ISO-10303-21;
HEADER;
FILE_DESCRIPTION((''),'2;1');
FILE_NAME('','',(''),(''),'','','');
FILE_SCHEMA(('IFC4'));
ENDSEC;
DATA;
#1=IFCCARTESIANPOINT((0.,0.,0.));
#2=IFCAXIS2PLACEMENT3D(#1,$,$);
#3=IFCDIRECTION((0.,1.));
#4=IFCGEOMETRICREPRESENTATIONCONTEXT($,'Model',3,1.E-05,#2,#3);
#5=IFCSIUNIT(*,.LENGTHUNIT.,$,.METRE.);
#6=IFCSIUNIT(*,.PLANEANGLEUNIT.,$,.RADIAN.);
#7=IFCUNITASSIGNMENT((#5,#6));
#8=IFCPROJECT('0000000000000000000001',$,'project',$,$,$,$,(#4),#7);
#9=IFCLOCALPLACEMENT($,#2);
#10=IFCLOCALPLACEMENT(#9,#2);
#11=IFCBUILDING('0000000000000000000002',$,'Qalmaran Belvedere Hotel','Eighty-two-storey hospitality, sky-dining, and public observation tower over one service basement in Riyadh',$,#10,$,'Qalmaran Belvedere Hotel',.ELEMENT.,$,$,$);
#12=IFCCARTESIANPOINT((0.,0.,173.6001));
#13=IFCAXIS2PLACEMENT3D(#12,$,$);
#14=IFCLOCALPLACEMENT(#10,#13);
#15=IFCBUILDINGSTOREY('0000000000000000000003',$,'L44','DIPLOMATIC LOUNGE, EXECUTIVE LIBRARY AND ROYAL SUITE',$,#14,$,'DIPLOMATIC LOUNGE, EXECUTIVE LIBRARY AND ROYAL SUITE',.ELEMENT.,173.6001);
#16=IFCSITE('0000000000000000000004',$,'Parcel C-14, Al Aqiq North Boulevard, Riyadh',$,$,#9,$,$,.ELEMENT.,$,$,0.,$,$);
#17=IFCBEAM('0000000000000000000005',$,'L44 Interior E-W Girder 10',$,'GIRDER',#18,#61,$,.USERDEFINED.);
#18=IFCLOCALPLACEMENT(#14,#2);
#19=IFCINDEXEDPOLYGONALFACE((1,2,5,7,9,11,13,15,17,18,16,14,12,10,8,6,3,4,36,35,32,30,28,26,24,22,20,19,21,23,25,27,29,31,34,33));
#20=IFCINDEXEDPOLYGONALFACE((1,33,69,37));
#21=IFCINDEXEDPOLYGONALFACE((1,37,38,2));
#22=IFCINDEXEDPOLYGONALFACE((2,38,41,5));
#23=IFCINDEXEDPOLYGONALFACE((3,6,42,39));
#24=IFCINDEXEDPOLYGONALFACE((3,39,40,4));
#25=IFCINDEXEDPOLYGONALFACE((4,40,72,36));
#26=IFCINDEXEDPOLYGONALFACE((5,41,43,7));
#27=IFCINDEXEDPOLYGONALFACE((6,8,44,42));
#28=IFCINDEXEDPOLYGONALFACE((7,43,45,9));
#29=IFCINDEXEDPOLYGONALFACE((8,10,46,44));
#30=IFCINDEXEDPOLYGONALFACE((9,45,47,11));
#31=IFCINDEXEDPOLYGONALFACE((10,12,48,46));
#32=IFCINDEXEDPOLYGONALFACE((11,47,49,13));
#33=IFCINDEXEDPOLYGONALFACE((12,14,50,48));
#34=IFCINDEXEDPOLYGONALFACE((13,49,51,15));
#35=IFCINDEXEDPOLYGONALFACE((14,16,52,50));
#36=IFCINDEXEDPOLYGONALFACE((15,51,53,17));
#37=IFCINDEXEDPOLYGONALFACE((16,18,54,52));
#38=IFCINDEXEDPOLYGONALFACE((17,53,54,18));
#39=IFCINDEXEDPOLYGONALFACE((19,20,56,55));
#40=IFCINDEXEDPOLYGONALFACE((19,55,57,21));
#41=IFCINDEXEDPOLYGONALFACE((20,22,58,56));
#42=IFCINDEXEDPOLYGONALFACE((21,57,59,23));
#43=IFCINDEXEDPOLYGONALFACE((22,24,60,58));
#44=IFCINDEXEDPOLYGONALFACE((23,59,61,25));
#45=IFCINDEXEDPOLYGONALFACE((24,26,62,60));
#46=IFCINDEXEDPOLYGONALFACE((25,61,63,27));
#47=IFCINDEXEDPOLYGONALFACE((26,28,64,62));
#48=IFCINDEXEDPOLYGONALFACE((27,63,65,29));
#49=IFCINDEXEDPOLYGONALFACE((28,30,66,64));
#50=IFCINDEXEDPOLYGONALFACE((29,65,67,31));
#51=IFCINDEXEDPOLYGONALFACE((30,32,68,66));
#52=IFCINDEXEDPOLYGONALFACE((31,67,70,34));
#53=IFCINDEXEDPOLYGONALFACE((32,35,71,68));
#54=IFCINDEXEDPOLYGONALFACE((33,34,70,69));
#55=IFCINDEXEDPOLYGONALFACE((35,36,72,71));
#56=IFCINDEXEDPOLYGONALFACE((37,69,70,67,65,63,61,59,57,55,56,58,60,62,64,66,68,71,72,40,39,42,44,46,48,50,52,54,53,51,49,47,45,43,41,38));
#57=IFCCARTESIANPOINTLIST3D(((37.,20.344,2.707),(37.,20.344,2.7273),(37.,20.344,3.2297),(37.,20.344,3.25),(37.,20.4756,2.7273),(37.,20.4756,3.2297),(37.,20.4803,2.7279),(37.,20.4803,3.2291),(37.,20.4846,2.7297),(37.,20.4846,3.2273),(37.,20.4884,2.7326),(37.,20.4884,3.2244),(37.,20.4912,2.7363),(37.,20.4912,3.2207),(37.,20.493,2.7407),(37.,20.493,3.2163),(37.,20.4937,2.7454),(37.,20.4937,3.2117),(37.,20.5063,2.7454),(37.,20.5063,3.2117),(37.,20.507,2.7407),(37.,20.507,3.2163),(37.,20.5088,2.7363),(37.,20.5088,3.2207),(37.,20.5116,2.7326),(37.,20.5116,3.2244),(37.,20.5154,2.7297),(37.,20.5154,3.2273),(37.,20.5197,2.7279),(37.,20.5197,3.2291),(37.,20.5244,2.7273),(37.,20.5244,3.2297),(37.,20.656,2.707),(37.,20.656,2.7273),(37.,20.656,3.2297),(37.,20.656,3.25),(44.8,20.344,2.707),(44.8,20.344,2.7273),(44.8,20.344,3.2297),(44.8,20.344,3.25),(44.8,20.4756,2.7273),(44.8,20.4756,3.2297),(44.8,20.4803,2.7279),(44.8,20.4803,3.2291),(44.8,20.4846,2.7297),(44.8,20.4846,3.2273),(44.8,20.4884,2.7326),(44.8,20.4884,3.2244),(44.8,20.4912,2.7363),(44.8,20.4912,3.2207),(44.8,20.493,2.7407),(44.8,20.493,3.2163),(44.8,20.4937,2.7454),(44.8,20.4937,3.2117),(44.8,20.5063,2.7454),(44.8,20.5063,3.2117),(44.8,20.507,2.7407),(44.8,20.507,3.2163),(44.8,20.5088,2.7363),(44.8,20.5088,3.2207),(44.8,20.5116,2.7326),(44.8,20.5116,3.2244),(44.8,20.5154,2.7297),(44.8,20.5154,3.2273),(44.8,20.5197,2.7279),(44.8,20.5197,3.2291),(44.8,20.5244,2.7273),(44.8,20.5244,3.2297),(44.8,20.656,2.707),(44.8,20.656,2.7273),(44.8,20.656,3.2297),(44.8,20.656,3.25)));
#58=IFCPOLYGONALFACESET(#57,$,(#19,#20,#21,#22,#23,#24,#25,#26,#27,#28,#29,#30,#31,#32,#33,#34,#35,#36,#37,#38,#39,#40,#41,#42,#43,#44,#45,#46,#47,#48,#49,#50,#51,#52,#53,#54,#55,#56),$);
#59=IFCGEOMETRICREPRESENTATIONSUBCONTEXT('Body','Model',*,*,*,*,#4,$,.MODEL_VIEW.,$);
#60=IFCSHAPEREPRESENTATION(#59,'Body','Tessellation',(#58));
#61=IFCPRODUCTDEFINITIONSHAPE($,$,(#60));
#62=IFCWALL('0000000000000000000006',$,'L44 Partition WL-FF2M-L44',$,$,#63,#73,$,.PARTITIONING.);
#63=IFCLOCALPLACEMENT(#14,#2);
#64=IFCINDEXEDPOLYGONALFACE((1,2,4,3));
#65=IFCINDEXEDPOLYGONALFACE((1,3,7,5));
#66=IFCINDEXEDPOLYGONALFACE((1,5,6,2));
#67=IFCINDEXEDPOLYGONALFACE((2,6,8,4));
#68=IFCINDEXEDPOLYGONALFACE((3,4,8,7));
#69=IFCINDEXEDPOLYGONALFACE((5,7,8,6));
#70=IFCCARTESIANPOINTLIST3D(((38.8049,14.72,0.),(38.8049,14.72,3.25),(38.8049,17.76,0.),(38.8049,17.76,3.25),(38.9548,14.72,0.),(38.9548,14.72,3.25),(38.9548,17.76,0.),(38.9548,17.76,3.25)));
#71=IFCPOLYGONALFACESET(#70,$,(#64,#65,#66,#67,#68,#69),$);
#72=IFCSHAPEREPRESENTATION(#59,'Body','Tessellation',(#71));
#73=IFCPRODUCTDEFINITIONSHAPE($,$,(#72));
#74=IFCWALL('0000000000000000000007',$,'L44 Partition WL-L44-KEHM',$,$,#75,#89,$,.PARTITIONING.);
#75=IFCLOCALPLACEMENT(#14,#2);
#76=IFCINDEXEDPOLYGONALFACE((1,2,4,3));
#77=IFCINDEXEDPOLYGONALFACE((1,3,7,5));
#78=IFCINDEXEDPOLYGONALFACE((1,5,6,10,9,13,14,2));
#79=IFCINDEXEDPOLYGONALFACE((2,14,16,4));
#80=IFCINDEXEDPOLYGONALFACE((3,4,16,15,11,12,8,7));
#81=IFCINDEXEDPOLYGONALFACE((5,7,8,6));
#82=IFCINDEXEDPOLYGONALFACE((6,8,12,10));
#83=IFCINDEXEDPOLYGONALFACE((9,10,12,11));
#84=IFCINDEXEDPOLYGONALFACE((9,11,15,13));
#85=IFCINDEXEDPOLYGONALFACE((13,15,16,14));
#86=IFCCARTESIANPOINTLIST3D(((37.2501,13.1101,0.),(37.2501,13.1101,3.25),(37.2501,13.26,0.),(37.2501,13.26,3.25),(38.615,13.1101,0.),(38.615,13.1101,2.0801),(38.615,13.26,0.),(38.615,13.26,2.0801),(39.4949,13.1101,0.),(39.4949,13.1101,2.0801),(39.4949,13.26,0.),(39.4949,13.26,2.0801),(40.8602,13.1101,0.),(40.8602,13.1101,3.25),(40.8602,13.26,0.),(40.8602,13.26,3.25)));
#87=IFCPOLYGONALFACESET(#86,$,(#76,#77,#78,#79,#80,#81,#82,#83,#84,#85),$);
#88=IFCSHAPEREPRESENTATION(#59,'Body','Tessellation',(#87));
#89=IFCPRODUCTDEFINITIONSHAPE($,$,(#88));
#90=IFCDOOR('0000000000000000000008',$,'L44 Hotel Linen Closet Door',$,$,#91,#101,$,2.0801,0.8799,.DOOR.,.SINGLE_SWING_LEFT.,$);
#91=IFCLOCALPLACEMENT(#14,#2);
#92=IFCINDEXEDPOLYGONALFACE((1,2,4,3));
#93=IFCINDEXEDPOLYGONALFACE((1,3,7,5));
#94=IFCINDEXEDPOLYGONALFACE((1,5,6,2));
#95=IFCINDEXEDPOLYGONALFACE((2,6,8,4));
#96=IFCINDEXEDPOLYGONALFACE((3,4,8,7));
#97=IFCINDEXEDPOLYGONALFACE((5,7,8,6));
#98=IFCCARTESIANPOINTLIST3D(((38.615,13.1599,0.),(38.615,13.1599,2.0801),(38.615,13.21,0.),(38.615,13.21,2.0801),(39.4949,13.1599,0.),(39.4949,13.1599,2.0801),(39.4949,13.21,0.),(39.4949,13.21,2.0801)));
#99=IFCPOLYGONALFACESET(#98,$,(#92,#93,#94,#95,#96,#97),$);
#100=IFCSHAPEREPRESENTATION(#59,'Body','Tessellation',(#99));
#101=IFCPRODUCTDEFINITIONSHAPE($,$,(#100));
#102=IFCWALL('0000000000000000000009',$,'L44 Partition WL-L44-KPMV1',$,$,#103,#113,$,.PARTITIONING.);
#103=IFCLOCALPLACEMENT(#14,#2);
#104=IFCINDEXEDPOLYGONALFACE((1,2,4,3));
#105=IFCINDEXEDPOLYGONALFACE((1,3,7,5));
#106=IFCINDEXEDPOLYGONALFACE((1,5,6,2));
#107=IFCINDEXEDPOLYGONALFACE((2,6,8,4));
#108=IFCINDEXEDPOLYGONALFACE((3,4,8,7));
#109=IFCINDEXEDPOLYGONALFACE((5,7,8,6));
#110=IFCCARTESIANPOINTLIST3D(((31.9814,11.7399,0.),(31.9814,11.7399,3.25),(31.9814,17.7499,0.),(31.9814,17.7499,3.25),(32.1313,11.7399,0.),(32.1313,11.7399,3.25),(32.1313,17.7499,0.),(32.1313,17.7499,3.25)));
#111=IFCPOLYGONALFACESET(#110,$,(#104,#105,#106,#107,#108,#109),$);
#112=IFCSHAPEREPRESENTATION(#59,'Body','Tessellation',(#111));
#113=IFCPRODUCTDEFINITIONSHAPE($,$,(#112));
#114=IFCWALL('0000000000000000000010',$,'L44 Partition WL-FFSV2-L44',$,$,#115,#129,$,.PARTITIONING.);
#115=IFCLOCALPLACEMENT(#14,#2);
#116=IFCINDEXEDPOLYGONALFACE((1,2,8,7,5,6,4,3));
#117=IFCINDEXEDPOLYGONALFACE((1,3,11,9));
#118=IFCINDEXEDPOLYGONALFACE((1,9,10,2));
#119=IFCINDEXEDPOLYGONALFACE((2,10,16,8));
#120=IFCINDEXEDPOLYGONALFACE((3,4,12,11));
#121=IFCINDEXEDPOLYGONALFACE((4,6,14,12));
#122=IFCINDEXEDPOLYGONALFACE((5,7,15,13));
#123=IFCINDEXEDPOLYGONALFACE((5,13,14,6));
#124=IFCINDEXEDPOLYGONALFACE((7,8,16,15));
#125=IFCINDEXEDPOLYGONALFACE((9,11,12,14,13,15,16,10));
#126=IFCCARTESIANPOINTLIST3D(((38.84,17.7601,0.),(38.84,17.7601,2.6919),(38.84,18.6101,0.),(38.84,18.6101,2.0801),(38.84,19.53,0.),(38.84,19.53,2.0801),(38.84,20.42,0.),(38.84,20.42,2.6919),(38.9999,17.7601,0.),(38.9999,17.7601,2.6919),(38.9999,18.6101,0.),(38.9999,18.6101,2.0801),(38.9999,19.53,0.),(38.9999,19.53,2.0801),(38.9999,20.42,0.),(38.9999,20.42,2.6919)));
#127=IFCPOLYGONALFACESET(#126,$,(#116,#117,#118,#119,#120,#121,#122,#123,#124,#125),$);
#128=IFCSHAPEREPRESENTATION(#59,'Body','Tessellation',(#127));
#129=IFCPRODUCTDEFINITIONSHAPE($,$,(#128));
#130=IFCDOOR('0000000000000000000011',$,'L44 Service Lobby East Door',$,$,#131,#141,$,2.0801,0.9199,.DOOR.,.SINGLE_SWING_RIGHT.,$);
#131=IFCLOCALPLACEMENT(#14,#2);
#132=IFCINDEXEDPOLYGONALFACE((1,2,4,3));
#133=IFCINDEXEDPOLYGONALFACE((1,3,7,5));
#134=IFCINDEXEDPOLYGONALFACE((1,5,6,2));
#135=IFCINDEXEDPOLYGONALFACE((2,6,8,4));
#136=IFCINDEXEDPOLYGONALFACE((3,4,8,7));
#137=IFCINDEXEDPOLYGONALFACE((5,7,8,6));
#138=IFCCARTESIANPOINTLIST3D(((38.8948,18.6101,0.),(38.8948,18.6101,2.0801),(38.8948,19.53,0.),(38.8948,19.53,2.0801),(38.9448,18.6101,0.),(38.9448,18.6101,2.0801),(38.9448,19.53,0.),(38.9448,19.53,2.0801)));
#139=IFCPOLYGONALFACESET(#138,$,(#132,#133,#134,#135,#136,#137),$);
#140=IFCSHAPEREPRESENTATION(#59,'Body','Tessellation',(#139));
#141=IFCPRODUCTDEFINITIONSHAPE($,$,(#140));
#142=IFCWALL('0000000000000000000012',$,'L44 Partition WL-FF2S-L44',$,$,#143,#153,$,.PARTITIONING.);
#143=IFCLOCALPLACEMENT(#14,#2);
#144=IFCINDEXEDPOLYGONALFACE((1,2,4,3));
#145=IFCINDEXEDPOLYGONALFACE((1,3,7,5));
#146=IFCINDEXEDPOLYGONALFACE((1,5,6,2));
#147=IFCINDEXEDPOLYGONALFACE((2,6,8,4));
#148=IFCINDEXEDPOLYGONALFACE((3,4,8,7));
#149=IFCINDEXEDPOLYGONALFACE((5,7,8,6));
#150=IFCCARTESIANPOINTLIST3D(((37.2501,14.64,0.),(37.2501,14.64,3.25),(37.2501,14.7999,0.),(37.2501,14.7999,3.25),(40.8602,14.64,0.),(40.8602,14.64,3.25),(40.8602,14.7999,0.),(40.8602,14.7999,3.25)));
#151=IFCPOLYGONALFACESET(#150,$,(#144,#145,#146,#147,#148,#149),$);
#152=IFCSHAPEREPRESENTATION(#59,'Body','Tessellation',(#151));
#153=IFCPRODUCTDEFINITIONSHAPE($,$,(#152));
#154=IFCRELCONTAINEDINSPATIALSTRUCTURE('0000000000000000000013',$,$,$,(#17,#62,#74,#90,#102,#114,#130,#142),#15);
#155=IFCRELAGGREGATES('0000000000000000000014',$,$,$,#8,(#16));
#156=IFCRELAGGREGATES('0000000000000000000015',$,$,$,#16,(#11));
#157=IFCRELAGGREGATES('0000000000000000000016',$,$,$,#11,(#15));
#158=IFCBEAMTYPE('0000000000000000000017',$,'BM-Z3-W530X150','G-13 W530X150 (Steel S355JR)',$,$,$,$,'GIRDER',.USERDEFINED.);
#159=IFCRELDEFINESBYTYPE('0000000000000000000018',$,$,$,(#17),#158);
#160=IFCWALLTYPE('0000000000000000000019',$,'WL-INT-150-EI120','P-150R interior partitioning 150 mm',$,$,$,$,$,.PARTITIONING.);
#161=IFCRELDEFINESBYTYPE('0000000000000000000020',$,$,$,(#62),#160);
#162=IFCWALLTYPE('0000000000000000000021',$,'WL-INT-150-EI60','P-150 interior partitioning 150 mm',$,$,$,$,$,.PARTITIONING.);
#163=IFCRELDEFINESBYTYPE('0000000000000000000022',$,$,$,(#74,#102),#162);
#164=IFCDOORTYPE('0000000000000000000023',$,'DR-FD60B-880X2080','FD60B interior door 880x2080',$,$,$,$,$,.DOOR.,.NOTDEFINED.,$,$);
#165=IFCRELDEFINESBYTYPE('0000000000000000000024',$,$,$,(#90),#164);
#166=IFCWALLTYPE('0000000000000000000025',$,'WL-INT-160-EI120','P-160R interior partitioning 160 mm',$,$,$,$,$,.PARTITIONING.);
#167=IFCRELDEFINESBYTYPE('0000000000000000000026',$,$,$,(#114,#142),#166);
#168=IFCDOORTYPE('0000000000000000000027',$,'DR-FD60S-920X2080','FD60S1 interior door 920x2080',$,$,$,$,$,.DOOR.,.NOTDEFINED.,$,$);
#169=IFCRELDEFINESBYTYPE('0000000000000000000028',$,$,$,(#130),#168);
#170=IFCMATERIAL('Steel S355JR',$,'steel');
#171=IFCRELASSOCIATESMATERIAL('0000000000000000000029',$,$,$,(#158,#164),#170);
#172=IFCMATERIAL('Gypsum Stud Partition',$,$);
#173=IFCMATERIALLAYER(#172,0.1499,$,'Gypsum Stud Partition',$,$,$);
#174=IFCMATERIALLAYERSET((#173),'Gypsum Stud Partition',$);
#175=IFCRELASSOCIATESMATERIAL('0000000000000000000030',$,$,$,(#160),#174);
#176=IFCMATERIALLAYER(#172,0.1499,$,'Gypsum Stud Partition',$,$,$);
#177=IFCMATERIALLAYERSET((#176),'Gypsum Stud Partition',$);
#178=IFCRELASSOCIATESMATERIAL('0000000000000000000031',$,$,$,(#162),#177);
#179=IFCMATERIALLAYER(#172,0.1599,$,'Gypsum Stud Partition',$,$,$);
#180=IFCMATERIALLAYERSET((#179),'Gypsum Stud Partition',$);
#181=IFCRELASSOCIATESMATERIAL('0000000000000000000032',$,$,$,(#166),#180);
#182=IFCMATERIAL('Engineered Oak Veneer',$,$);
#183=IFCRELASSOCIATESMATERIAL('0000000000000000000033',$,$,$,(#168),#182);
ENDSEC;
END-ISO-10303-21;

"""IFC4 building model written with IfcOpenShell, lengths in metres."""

from ifc_helpers import new_model, si_unit, direction, frame, frame_2d, origin, origin_2d, place, context, subcontext, project, spatial, rectangle, i_section, extrude, material, layer, layer_set, material_profile, profile_set, type_object, element, fill, save


model = new_model("IFC4")

# Units and contexts
model_context = context("Model", 3, precision=1e-05, world=origin(), true_north=direction((0.0, 1.0)))
body_context = subcontext(model_context, "Body", "Model", "MODEL_VIEW")
ifc_project = project(units=[si_unit("LENGTHUNIT", "METRE"), si_unit("PLANEANGLEUNIT", "RADIAN")], contexts=[model_context])

# Site, building, storey
site_placement = place(None, origin())
site = spatial("IfcSite", under=ifc_project, at=site_placement, Name="Parcel C-14, Al Aqiq North Boulevard, Riyadh", CompositionType="ELEMENT", RefElevation=0.0)
building_placement = place(site_placement, origin())
building = spatial("IfcBuilding", under=site, at=building_placement, Name="Qalmaran Belvedere Hotel", Description="Eighty-two-storey hospitality, sky-dining, and public observation tower over one service basement in Riyadh", LongName="Qalmaran Belvedere Hotel", CompositionType="ELEMENT")
storey_placement = place(building_placement, frame((0.0, 0.0, 173.6001)))
storey = spatial("IfcBuildingStorey", under=building, at=storey_placement, Name="L44", Description="DIPLOMATIC LOUNGE, EXECUTIVE LIBRARY AND ROYAL SUITE", LongName="DIPLOMATIC LOUNGE, EXECUTIVE LIBRARY AND ROYAL SUITE", CompositionType="ELEMENT", Elevation=173.6001)

# Beam
ifc_material_1 = material(Name="Steel S355JR", Category="steel")
ifc_material_profile_1 = material_profile(ifc_material_1, i_section(OverallWidth=0.312, OverallDepth=0.543, WebThickness=0.0127, FlangeThickness=0.0203, FilletRadius=0.0181, at=origin_2d()), Name="W530X150")
ifc_profile_set_1 = profile_set([ifc_material_profile_1], Name="Steel S355JR")
beam_type_1 = type_object("IfcBeamType", Name="BM-Z3-W530X150", Description="G-13 W530X150 (Steel S355JR)", ElementType="GIRDER", PredefinedType="USERDEFINED", material=ifc_profile_set_1)
for number, where, z_axis, x_axis, name in (
    (1, (37.0, 20.5, 2.9785), (1.0, 0.0, 0.0), (0.0, 1.0, 0.0), "L44 Interior E-W Girder 10"),
):
    element("IfcBeam", number, at=place(storey_placement, frame(where, z_axis=z_axis, x_axis=x_axis)), inside=storey, type_object=beam_type_1, Name=name, ObjectType="GIRDER", PredefinedType="USERDEFINED", context=body_context, shape_type="SweptSolid", body=[
        extrude(i_section(OverallWidth=0.312, OverallDepth=0.543, WebThickness=0.0127, FlangeThickness=0.0203, FilletRadius=0.0181, at=origin_2d()), origin(), (0.0, 0.0, 1.0), 7.8),
    ])

# Wall
ifc_material_2 = material(Name="Gypsum Stud Partition")
ifc_layer_1 = layer(ifc_material_2, 0.1499, Name="Gypsum Stud Partition")
ifc_layer_set_1 = layer_set([ifc_layer_1], Name="Gypsum Stud Partition")
wall_type_1 = type_object("IfcWallType", Name="WL-INT-150-EI120", Description="P-150R interior partitioning 150 mm", PredefinedType="PARTITIONING", material=ifc_layer_set_1)
wall_1_placement = place(storey_placement, frame((38.8799, 14.72, 0.0), z_axis=(0.0, 0.0, 1.0), x_axis=(0.0, 1.0, 0.0)))
element("IfcWall", 2, at=wall_1_placement, inside=storey, type_object=wall_type_1, Name="L44 Partition WL-FF2M-L44", PredefinedType="PARTITIONING", context=body_context, shape_type="SweptSolid", body=[
    extrude(rectangle(XDim=3.04, YDim=0.1499, at=frame_2d((1.52, 0.0))), origin(), (0.0, 0.0, 1.0), 3.25),
])

# Wall, opening, door
ifc_layer_2 = layer(ifc_material_2, 0.1499, Name="Gypsum Stud Partition")
ifc_layer_set_2 = layer_set([ifc_layer_2], Name="Gypsum Stud Partition")
wall_type_2 = type_object("IfcWallType", Name="WL-INT-150-EI60", Description="P-150 interior partitioning 150 mm", PredefinedType="PARTITIONING", material=ifc_layer_set_2)
wall_2_placement = place(storey_placement, frame((37.25, 13.1851, 0.0), z_axis=(0.0, 0.0, 1.0), x_axis=(1.0, 0.0, 0.0)))
wall_2 = element("IfcWall", 3, at=wall_2_placement, inside=storey, type_object=wall_type_2, Name="L44 Partition WL-L44-KEHM", PredefinedType="PARTITIONING", context=body_context, shape_type="SweptSolid", body=[
    extrude(rectangle(XDim=3.6101, YDim=0.1499, at=frame_2d((1.8052, 0.0))), origin(), (0.0, 0.0, 1.0), 3.25),
])
opening_1_placement = place(wall_2_placement, frame((1.365, 0.0, 0.0)))
opening_1 = element("IfcOpeningElement", 4, at=opening_1_placement, cuts=wall_2, PredefinedType="OPENING", context=body_context, shape_type="SweptSolid", body=[
    extrude(rectangle(XDim=0.8799, YDim=2.0801, at=frame_2d((0.4399, 1.04))), frame((0.0, 0.085, 0.0), z_axis=(0.0, -1.0, 0.0), x_axis=(1.0, 0.0, 0.0)), (0.0, 0.0, 1.0), 0.1699),
])
door_type_1 = type_object("IfcDoorType", Name="DR-FD60B-880X2080", Description="FD60B interior door 880x2080", OperationType="NOTDEFINED", PredefinedType="DOOR", material=ifc_material_1)
door_1_placement = place(opening_1_placement, origin())
door_1 = element("IfcDoor", 5, at=door_1_placement, inside=storey, type_object=door_type_1, Name="L44 Hotel Linen Closet Door", OperationType="SINGLE_SWING_LEFT", OverallHeight=2.0801, OverallWidth=0.8799, PredefinedType="DOOR", context=body_context, shape_type="SweptSolid", body=[
    extrude(rectangle(XDim=0.8799, YDim=2.0801, at=frame_2d((0.4399, 1.04))), frame((0.0, 0.0249, 0.0), z_axis=(0.0, -1.0, 0.0), x_axis=(1.0, 0.0, 0.0)), (0.0, 0.0, 1.0), 0.05),
])
fill(opening_1, door_1)

# Wall
wall_3_placement = place(storey_placement, frame((32.0564, 11.74, 0.0), z_axis=(0.0, 0.0, 1.0), x_axis=(0.0, 1.0, 0.0)))
element("IfcWall", 6, at=wall_3_placement, inside=storey, type_object=wall_type_2, Name="L44 Partition WL-L44-KPMV1", PredefinedType="PARTITIONING", context=body_context, shape_type="SweptSolid", body=[
    extrude(rectangle(XDim=6.01, YDim=0.1499, at=frame_2d((3.0049, 0.0))), origin(), (0.0, 0.0, 1.0), 3.25),
])

# Wall, opening, door
ifc_layer_3 = layer(ifc_material_2, 0.1599, Name="Gypsum Stud Partition")
ifc_layer_set_3 = layer_set([ifc_layer_3], Name="Gypsum Stud Partition")
wall_type_3 = type_object("IfcWallType", Name="WL-INT-160-EI120", Description="P-160R interior partitioning 160 mm", PredefinedType="PARTITIONING", material=ifc_layer_set_3)
wall_4_placement = place(storey_placement, frame((38.9199, 17.76, 0.0), z_axis=(0.0, 0.0, 1.0), x_axis=(0.0, 1.0, 0.0)))
wall_4 = element("IfcWall", 7, at=wall_4_placement, inside=storey, type_object=wall_type_3, Name="L44 Partition WL-FFSV2-L44", PredefinedType="PARTITIONING", context=body_context, shape_type="SweptSolid", body=[
    extrude(rectangle(XDim=2.6599, YDim=0.1599, at=frame_2d((1.3301, 0.0))), origin(), (0.0, 0.0, 1.0), 2.6919),
])
opening_2_placement = place(wall_4_placement, frame((1.77, 0.0, 0.0), z_axis=(0.0, 0.0, 1.0), x_axis=(-1.0, 0.0, 0.0)))
opening_2 = element("IfcOpeningElement", 8, at=opening_2_placement, cuts=wall_4, PredefinedType="OPENING", context=body_context, shape_type="SweptSolid", body=[
    extrude(rectangle(XDim=0.9199, YDim=2.0801, at=frame_2d((0.46, 1.04))), frame((0.0, 0.0898, 0.0), z_axis=(0.0, -1.0, 0.0), x_axis=(1.0, 0.0, 0.0)), (0.0, 0.0, 1.0), 0.1799),
])
ifc_material_3 = material(Name="Engineered Oak Veneer")
door_type_2 = type_object("IfcDoorType", Name="DR-FD60S-920X2080", Description="FD60S1 interior door 920x2080", OperationType="NOTDEFINED", PredefinedType="DOOR", material=ifc_material_3)
door_2_placement = place(opening_2_placement, origin())
door_2 = element("IfcDoor", 9, at=door_2_placement, inside=storey, type_object=door_type_2, Name="L44 Service Lobby East Door", OperationType="SINGLE_SWING_RIGHT", OverallHeight=2.0801, OverallWidth=0.9199, PredefinedType="DOOR", context=body_context, shape_type="SweptSolid", body=[
    extrude(rectangle(XDim=0.9199, YDim=2.0801, at=frame_2d((0.46, 1.04))), frame((0.0, 0.0249, 0.0), z_axis=(0.0, -1.0, 0.0), x_axis=(1.0, 0.0, 0.0)), (0.0, 0.0, 1.0), 0.05),
])
fill(opening_2, door_2)

# Wall
wall_5_placement = place(storey_placement, frame((37.25, 14.72, 0.0), z_axis=(0.0, 0.0, 1.0), x_axis=(1.0, 0.0, 0.0)))
element("IfcWall", 10, at=wall_5_placement, inside=storey, type_object=wall_type_3, Name="L44 Partition WL-FF2S-L44", PredefinedType="PARTITIONING", context=body_context, shape_type="SweptSolid", body=[
    extrude(rectangle(XDim=3.6101, YDim=0.1599, at=frame_2d((1.8052, 0.0))), origin(), (0.0, 0.0, 1.0), 3.25),
])

save(model, "model.ifc")
